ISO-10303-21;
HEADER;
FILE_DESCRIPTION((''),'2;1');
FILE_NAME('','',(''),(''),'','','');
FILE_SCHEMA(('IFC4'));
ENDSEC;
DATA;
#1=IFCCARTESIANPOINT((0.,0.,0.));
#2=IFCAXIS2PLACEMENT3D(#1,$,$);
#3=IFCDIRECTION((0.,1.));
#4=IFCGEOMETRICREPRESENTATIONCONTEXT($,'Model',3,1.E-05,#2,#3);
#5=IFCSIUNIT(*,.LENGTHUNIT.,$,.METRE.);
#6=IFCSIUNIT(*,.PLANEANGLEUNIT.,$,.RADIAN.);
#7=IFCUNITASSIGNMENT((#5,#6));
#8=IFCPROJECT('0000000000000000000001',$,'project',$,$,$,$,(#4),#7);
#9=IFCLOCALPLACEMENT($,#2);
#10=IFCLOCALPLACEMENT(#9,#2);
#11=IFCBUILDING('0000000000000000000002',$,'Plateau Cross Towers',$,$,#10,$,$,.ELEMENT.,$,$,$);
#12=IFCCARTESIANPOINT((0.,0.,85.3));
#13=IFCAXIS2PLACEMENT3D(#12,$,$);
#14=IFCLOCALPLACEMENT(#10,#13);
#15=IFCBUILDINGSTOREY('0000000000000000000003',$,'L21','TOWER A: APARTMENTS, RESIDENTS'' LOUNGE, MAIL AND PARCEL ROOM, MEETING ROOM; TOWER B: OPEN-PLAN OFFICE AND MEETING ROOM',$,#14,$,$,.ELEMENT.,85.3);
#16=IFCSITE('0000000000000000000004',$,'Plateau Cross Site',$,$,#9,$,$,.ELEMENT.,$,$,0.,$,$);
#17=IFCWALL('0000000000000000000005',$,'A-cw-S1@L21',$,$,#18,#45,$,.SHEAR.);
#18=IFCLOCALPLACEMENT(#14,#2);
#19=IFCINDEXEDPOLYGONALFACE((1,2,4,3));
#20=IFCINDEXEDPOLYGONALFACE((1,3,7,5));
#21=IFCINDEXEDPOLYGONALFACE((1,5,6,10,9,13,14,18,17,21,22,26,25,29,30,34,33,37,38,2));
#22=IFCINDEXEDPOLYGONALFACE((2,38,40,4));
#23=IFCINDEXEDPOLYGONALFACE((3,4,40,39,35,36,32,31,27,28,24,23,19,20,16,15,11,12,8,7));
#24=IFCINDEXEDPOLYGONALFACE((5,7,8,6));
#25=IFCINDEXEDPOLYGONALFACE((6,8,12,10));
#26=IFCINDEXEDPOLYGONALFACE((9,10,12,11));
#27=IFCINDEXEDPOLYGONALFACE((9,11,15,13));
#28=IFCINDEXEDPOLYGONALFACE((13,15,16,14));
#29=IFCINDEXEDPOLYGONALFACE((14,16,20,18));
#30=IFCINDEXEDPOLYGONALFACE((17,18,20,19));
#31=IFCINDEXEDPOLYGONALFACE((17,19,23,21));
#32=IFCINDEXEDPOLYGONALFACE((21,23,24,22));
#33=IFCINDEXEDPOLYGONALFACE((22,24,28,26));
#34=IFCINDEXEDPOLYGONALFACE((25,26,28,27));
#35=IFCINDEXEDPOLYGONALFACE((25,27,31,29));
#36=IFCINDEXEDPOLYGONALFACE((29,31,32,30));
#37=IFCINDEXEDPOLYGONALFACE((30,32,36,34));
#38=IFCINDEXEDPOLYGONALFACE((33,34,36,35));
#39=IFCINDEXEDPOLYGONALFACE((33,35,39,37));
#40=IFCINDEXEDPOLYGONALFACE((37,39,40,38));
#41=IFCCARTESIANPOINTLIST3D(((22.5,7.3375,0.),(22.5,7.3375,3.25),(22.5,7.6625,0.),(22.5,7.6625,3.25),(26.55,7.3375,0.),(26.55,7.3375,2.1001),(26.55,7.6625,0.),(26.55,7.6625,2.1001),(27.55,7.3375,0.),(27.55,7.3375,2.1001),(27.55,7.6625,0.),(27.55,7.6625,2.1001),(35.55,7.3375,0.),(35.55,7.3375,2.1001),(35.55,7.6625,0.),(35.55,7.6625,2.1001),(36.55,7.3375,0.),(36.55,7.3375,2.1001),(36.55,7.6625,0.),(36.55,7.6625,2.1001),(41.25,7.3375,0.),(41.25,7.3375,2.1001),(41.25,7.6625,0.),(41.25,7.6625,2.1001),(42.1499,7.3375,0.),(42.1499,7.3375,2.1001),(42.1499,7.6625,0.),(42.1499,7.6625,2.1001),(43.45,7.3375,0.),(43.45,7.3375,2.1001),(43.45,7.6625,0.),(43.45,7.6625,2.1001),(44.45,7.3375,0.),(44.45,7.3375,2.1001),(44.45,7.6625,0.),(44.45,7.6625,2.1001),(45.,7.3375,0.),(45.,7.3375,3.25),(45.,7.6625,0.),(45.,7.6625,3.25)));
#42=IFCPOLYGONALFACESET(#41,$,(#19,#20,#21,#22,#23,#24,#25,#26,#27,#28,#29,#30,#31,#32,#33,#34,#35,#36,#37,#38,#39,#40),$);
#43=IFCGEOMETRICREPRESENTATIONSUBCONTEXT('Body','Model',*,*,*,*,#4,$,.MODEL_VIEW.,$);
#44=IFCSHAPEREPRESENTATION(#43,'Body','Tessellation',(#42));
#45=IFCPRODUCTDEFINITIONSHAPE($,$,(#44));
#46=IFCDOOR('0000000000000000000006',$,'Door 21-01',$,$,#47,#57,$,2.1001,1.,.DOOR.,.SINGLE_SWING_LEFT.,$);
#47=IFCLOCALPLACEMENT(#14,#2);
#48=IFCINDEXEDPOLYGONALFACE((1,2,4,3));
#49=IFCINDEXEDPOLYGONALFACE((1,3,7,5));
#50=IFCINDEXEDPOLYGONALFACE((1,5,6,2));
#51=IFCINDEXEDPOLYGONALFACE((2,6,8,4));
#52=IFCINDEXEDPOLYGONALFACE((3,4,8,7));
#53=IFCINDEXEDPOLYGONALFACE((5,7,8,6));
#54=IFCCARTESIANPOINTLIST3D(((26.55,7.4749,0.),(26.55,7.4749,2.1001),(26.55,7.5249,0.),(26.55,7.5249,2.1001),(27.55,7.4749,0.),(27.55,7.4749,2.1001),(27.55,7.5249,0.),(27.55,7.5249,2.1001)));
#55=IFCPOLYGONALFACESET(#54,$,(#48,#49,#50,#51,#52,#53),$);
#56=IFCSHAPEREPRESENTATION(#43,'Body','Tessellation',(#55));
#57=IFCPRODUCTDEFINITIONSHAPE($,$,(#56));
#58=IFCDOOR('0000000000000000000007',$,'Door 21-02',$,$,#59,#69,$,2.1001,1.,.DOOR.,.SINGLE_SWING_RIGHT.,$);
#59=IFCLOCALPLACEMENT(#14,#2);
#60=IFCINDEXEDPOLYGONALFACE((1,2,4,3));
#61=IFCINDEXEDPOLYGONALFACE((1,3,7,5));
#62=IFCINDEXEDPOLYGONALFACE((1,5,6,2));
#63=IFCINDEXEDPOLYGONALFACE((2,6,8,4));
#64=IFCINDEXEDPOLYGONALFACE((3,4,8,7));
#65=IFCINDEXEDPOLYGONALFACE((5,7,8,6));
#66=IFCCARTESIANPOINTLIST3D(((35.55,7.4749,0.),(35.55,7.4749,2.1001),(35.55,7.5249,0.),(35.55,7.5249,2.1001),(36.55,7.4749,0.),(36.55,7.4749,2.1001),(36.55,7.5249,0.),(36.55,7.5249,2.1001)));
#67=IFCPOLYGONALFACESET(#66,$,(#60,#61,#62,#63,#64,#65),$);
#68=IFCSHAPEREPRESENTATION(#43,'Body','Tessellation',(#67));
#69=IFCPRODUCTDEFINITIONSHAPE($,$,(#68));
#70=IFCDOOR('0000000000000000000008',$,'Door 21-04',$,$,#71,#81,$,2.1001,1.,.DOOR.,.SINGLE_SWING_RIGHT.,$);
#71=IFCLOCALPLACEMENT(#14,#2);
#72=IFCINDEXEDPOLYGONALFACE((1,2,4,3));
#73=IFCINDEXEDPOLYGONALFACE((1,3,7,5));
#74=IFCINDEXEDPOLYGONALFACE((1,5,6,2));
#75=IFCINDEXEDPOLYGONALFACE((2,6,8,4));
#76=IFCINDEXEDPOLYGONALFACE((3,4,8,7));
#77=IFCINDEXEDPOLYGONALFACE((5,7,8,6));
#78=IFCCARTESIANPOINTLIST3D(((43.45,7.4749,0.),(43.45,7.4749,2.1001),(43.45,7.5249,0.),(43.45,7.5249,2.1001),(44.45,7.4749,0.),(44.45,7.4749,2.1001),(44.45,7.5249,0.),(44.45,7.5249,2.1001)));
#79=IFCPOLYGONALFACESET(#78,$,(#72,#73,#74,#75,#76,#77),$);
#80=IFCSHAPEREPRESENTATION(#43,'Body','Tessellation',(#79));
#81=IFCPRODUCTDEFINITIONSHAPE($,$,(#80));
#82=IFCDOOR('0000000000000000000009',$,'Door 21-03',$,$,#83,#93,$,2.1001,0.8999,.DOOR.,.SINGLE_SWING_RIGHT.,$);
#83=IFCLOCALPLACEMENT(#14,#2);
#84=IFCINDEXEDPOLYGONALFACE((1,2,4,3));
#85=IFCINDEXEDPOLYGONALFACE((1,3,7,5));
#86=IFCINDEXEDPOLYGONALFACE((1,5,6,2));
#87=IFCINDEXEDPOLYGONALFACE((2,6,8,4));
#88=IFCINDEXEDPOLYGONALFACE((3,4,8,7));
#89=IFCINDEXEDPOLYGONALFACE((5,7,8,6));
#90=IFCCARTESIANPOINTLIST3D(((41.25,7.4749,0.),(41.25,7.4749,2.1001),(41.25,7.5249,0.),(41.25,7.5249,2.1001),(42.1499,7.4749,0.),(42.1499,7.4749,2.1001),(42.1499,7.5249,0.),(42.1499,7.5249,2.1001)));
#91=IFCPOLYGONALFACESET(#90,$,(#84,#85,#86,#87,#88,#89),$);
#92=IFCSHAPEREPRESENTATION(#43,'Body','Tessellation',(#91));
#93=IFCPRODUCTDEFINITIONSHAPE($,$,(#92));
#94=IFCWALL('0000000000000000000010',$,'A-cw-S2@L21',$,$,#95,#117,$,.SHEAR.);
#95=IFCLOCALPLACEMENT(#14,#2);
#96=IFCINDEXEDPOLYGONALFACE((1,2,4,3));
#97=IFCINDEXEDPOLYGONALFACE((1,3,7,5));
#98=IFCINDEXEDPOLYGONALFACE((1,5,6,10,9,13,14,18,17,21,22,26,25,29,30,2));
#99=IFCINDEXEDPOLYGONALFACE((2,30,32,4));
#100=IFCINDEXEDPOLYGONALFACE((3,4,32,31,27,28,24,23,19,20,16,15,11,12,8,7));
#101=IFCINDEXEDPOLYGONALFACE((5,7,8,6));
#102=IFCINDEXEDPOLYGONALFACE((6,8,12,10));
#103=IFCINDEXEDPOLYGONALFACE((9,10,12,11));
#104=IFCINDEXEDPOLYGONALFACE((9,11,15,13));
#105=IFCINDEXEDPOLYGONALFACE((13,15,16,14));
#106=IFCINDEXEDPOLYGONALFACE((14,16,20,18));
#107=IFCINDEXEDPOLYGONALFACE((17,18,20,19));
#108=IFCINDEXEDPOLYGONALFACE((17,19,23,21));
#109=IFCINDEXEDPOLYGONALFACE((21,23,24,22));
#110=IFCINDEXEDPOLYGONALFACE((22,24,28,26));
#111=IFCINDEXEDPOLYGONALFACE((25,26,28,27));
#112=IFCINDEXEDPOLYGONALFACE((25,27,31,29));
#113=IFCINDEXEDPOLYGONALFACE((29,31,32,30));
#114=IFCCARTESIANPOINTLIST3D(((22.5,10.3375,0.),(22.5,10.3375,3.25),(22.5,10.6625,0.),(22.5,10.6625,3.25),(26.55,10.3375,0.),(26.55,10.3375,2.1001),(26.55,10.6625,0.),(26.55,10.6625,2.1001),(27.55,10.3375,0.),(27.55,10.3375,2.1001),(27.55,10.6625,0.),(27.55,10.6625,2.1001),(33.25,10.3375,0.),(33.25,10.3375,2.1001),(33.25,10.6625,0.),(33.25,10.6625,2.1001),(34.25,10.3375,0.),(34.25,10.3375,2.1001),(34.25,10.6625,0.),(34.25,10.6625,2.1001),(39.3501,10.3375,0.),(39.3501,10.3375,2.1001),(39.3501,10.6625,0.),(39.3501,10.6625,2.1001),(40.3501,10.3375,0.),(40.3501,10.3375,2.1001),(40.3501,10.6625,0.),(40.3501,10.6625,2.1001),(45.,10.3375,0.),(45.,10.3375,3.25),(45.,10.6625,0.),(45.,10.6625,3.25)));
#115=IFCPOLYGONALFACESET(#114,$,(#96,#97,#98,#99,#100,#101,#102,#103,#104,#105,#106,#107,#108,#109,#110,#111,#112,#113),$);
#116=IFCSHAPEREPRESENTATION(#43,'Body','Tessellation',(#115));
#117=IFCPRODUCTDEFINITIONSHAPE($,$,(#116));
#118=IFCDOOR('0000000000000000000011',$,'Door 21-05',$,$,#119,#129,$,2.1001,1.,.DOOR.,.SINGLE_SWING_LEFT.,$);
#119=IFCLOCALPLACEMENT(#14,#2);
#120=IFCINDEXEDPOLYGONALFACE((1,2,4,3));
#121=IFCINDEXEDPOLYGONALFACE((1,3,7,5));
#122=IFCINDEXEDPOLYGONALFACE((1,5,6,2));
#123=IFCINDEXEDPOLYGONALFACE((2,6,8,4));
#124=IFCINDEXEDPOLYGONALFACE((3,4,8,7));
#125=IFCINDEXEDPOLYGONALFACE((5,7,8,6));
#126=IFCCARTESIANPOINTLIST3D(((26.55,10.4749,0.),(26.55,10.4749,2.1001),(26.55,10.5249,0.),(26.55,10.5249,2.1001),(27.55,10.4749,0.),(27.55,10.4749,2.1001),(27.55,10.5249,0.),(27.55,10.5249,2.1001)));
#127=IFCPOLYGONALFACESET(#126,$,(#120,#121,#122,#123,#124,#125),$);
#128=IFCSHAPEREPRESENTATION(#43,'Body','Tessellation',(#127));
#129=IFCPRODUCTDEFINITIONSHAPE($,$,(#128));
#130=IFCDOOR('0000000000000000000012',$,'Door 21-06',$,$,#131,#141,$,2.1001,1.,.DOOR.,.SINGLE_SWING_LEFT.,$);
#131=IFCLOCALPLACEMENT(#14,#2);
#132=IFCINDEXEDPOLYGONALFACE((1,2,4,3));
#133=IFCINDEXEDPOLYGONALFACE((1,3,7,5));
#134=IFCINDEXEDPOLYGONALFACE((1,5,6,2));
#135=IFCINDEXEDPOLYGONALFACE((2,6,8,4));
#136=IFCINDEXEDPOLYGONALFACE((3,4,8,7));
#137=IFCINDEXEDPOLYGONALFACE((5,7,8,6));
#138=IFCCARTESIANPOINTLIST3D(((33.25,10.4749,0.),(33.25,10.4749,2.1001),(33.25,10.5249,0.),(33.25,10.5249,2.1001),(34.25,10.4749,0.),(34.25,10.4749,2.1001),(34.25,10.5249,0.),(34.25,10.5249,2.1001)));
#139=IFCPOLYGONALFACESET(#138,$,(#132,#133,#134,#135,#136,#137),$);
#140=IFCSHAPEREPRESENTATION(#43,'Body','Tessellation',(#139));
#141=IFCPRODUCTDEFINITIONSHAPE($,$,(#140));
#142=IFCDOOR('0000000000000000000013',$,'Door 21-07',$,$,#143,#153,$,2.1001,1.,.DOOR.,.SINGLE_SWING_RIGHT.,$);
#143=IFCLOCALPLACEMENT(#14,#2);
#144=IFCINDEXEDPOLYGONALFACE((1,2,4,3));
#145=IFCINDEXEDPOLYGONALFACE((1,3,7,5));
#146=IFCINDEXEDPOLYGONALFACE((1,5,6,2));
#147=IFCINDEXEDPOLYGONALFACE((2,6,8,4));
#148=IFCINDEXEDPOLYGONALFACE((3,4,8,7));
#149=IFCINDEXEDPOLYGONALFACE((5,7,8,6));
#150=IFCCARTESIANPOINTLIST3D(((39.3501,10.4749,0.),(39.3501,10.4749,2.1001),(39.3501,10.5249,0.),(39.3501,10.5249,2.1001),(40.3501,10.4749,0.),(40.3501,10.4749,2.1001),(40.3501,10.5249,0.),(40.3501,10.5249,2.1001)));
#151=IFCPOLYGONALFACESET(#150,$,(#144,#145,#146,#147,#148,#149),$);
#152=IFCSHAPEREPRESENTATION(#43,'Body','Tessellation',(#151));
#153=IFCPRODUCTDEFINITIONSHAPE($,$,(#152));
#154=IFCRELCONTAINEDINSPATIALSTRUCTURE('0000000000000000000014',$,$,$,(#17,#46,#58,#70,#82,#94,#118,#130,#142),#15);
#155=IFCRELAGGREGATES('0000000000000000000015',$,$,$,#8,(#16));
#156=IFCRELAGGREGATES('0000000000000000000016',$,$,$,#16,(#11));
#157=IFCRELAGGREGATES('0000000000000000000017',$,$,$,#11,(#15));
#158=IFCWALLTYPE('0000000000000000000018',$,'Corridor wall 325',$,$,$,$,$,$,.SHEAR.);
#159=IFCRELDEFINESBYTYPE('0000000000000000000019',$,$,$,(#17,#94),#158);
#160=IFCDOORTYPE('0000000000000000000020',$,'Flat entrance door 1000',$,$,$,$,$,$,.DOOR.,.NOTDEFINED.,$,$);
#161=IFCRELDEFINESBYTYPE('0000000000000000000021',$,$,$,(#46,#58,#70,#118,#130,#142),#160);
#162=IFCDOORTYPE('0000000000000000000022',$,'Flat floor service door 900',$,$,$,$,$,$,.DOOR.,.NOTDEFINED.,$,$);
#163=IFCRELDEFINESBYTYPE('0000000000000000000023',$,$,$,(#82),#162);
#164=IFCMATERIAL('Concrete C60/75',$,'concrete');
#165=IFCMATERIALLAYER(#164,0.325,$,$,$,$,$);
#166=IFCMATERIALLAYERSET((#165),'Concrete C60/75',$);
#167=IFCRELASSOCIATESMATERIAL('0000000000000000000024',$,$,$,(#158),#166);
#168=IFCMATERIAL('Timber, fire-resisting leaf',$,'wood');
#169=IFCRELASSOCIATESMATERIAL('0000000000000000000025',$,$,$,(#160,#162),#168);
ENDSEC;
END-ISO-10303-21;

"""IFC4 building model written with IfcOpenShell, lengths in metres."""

from ifc_helpers import new_model, si_unit, direction, frame, frame_2d, origin, place, context, subcontext, project, spatial, rectangle, extrude, material, layer, layer_set, type_object, element, fill, save


model = new_model("IFC4")

# Units and contexts
model_context = context("Model", 3, precision=1e-05, world=origin(), true_north=direction((0.0, 1.0)))
body_context = subcontext(model_context, "Body", "Model", "MODEL_VIEW")
ifc_project = project(units=[si_unit("LENGTHUNIT", "METRE"), si_unit("PLANEANGLEUNIT", "RADIAN")], contexts=[model_context])

# Site, building, storey
site_placement = place(None, origin())
site = spatial("IfcSite", under=ifc_project, at=site_placement, Name="Plateau Cross Site", CompositionType="ELEMENT", RefElevation=0.0)
building_placement = place(site_placement, origin())
building = spatial("IfcBuilding", under=site, at=building_placement, Name="Plateau Cross Towers", CompositionType="ELEMENT")
storey_placement = place(building_placement, frame((0.0, 0.0, 85.3)))
storey = spatial("IfcBuildingStorey", under=building, at=storey_placement, Name="L21", Description="TOWER A: APARTMENTS, RESIDENTS' LOUNGE, MAIL AND PARCEL ROOM, MEETING ROOM; TOWER B: OPEN-PLAN OFFICE AND MEETING ROOM", CompositionType="ELEMENT", Elevation=85.3)

# Shared definitions
ifc_material_1 = material(Name="Concrete C60/75", Category="concrete")

# Walls, openings, doors
ifc_layer_1 = layer(ifc_material_1, 0.325)
ifc_layer_set_1 = layer_set([ifc_layer_1], Name="Concrete C60/75")
wall_type_1 = type_object("IfcWallType", Name="Corridor wall 325", PredefinedType="SHEAR", material=ifc_layer_set_1)
wall_1_placement = place(storey_placement, frame((22.5, 7.5, 0.0), z_axis=(0.0, 0.0, 1.0), x_axis=(1.0, 0.0, 0.0)))
wall_1 = element("IfcWall", 1, at=wall_1_placement, inside=storey, type_object=wall_type_1, Name="A-cw-S1@L21", PredefinedType="SHEAR", context=body_context, shape_type="SweptSolid", body=[
    extrude(rectangle(XDim=22.5, YDim=0.325, at=frame_2d((11.25, 0.0))), origin(), (0.0, 0.0, 1.0), 3.25),
])
opening_1_placement = place(wall_1_placement, frame((4.05, 0.0, 0.0)))
opening_1 = element("IfcOpeningElement", 2, at=opening_1_placement, cuts=wall_1, PredefinedType="OPENING", context=body_context, shape_type="SweptSolid", body=[
    extrude(rectangle(XDim=1.0, YDim=2.1001, at=frame_2d((0.5, 1.05))), frame((0.0, 0.1724, 0.0), z_axis=(0.0, -1.0, 0.0), x_axis=(1.0, 0.0, 0.0)), (0.0, 0.0, 1.0), 0.345),
])
opening_2_placement = place(wall_1_placement, frame((13.05, 0.0, 0.0)))
opening_2 = element("IfcOpeningElement", 3, at=opening_2_placement, cuts=wall_1, PredefinedType="OPENING", context=body_context, shape_type="SweptSolid", body=[
    extrude(rectangle(XDim=1.0, YDim=2.1001, at=frame_2d((0.5, 1.05))), frame((0.0, 0.1724, 0.0), z_axis=(0.0, -1.0, 0.0), x_axis=(1.0, 0.0, 0.0)), (0.0, 0.0, 1.0), 0.345),
])
opening_3_placement = place(wall_1_placement, frame((18.75, 0.0, 0.0)))
opening_3 = element("IfcOpeningElement", 4, at=opening_3_placement, cuts=wall_1, PredefinedType="OPENING", context=body_context, shape_type="SweptSolid", body=[
    extrude(rectangle(XDim=0.8999, YDim=2.1001, at=frame_2d((0.45, 1.05))), frame((0.0, 0.1724, 0.0), z_axis=(0.0, -1.0, 0.0), x_axis=(1.0, 0.0, 0.0)), (0.0, 0.0, 1.0), 0.345),
])
opening_4_placement = place(wall_1_placement, frame((20.95, 0.0, 0.0)))
opening_4 = element("IfcOpeningElement", 5, at=opening_4_placement, cuts=wall_1, PredefinedType="OPENING", context=body_context, shape_type="SweptSolid", body=[
    extrude(rectangle(XDim=1.0, YDim=2.1001, at=frame_2d((0.5, 1.05))), frame((0.0, 0.1724, 0.0), z_axis=(0.0, -1.0, 0.0), x_axis=(1.0, 0.0, 0.0)), (0.0, 0.0, 1.0), 0.345),
])
ifc_material_2 = material(Name="Timber, fire-resisting leaf", Category="wood")
door_type_1 = type_object("IfcDoorType", Name="Flat entrance door 1000", OperationType="NOTDEFINED", PredefinedType="DOOR", material=ifc_material_2)
door_1_placement = place(opening_1_placement, origin())
door_1 = element("IfcDoor", 6, at=door_1_placement, inside=storey, type_object=door_type_1, Name="Door 21-01", OperationType="SINGLE_SWING_LEFT", OverallHeight=2.1001, OverallWidth=1.0, PredefinedType="DOOR", context=body_context, shape_type="SweptSolid", body=[
    extrude(rectangle(XDim=1.0, YDim=2.1001, at=frame_2d((0.5, 1.05))), frame((0.0, 0.0249, 0.0), z_axis=(0.0, -1.0, 0.0), x_axis=(1.0, 0.0, 0.0)), (0.0, 0.0, 1.0), 0.05),
])
fill(opening_1, door_1)
door_2_placement = place(opening_2_placement, origin())
door_2 = element("IfcDoor", 7, at=door_2_placement, inside=storey, type_object=door_type_1, Name="Door 21-02", OperationType="SINGLE_SWING_RIGHT", OverallHeight=2.1001, OverallWidth=1.0, PredefinedType="DOOR", context=body_context, shape_type="SweptSolid", body=[
    extrude(rectangle(XDim=1.0, YDim=2.1001, at=frame_2d((0.5, 1.05))), frame((0.0, 0.0249, 0.0), z_axis=(0.0, -1.0, 0.0), x_axis=(1.0, 0.0, 0.0)), (0.0, 0.0, 1.0), 0.05),
])
fill(opening_2, door_2)
door_3_placement = place(opening_4_placement, origin())
door_3 = element("IfcDoor", 8, at=door_3_placement, inside=storey, type_object=door_type_1, Name="Door 21-04", OperationType="SINGLE_SWING_RIGHT", OverallHeight=2.1001, OverallWidth=1.0, PredefinedType="DOOR", context=body_context, shape_type="SweptSolid", body=[
    extrude(rectangle(XDim=1.0, YDim=2.1001, at=frame_2d((0.5, 1.05))), frame((0.0, 0.0249, 0.0), z_axis=(0.0, -1.0, 0.0), x_axis=(1.0, 0.0, 0.0)), (0.0, 0.0, 1.0), 0.05),
])
fill(opening_4, door_3)
door_type_2 = type_object("IfcDoorType", Name="Flat floor service door 900", OperationType="NOTDEFINED", PredefinedType="DOOR", material=ifc_material_2)
door_4_placement = place(opening_3_placement, origin())
door_4 = element("IfcDoor", 9, at=door_4_placement, inside=storey, type_object=door_type_2, Name="Door 21-03", OperationType="SINGLE_SWING_RIGHT", OverallHeight=2.1001, OverallWidth=0.8999, PredefinedType="DOOR", context=body_context, shape_type="SweptSolid", body=[
    extrude(rectangle(XDim=0.8999, YDim=2.1001, at=frame_2d((0.45, 1.05))), frame((0.0, 0.0249, 0.0), z_axis=(0.0, -1.0, 0.0), x_axis=(1.0, 0.0, 0.0)), (0.0, 0.0, 1.0), 0.05),
])
fill(opening_3, door_4)
wall_2_placement = place(storey_placement, frame((22.5, 10.5, 0.0), z_axis=(0.0, 0.0, 1.0), x_axis=(1.0, 0.0, 0.0)))
wall_2 = element("IfcWall", 10, at=wall_2_placement, inside=storey, type_object=wall_type_1, Name="A-cw-S2@L21", PredefinedType="SHEAR", context=body_context, shape_type="SweptSolid", body=[
    extrude(rectangle(XDim=22.5, YDim=0.325, at=frame_2d((11.25, 0.0))), origin(), (0.0, 0.0, 1.0), 3.25),
])
opening_5_placement = place(wall_2_placement, frame((4.05, 0.0, 0.0)))
opening_5 = element("IfcOpeningElement", 11, at=opening_5_placement, cuts=wall_2, PredefinedType="OPENING", context=body_context, shape_type="SweptSolid", body=[
    extrude(rectangle(XDim=1.0, YDim=2.1001, at=frame_2d((0.5, 1.05))), frame((0.0, 0.1724, 0.0), z_axis=(0.0, -1.0, 0.0), x_axis=(1.0, 0.0, 0.0)), (0.0, 0.0, 1.0), 0.345),
])
opening_6_placement = place(wall_2_placement, frame((10.75, 0.0, 0.0)))
opening_6 = element("IfcOpeningElement", 12, at=opening_6_placement, cuts=wall_2, PredefinedType="OPENING", context=body_context, shape_type="SweptSolid", body=[
    extrude(rectangle(XDim=1.0, YDim=2.1001, at=frame_2d((0.5, 1.05))), frame((0.0, 0.1724, 0.0), z_axis=(0.0, -1.0, 0.0), x_axis=(1.0, 0.0, 0.0)), (0.0, 0.0, 1.0), 0.345),
])
opening_7_placement = place(wall_2_placement, frame((16.8501, 0.0, 0.0)))
opening_7 = element("IfcOpeningElement", 13, at=opening_7_placement, cuts=wall_2, PredefinedType="OPENING", context=body_context, shape_type="SweptSolid", body=[
    extrude(rectangle(XDim=1.0, YDim=2.1001, at=frame_2d((0.5, 1.05))), frame((0.0, 0.1724, 0.0), z_axis=(0.0, -1.0, 0.0), x_axis=(1.0, 0.0, 0.0)), (0.0, 0.0, 1.0), 0.345),
])
door_5_placement = place(opening_5_placement, origin())
door_5 = element("IfcDoor", 14, at=door_5_placement, inside=storey, type_object=door_type_1, Name="Door 21-05", OperationType="SINGLE_SWING_LEFT", OverallHeight=2.1001, OverallWidth=1.0, PredefinedType="DOOR", context=body_context, shape_type="SweptSolid", body=[
    extrude(rectangle(XDim=1.0, YDim=2.1001, at=frame_2d((0.5, 1.05))), frame((0.0, 0.0249, 0.0), z_axis=(0.0, -1.0, 0.0), x_axis=(1.0, 0.0, 0.0)), (0.0, 0.0, 1.0), 0.05),
])
fill(opening_5, door_5)
door_6_placement = place(opening_6_placement, origin())
door_6 = element("IfcDoor", 15, at=door_6_placement, inside=storey, type_object=door_type_1, Name="Door 21-06", OperationType="SINGLE_SWING_LEFT", OverallHeight=2.1001, OverallWidth=1.0, PredefinedType="DOOR", context=body_context, shape_type="SweptSolid", body=[
    extrude(rectangle(XDim=1.0, YDim=2.1001, at=frame_2d((0.5, 1.05))), frame((0.0, 0.0249, 0.0), z_axis=(0.0, -1.0, 0.0), x_axis=(1.0, 0.0, 0.0)), (0.0, 0.0, 1.0), 0.05),
])
fill(opening_6, door_6)
door_7_placement = place(opening_7_placement, origin())
door_7 = element("IfcDoor", 16, at=door_7_placement, inside=storey, type_object=door_type_1, Name="Door 21-07", OperationType="SINGLE_SWING_RIGHT", OverallHeight=2.1001, OverallWidth=1.0, PredefinedType="DOOR", context=body_context, shape_type="SweptSolid", body=[
    extrude(rectangle(XDim=1.0, YDim=2.1001, at=frame_2d((0.5, 1.05))), frame((0.0, 0.0249, 0.0), z_axis=(0.0, -1.0, 0.0), x_axis=(1.0, 0.0, 0.0)), (0.0, 0.0, 1.0), 0.05),
])
fill(opening_7, door_7)

save(model, "model.ifc")
